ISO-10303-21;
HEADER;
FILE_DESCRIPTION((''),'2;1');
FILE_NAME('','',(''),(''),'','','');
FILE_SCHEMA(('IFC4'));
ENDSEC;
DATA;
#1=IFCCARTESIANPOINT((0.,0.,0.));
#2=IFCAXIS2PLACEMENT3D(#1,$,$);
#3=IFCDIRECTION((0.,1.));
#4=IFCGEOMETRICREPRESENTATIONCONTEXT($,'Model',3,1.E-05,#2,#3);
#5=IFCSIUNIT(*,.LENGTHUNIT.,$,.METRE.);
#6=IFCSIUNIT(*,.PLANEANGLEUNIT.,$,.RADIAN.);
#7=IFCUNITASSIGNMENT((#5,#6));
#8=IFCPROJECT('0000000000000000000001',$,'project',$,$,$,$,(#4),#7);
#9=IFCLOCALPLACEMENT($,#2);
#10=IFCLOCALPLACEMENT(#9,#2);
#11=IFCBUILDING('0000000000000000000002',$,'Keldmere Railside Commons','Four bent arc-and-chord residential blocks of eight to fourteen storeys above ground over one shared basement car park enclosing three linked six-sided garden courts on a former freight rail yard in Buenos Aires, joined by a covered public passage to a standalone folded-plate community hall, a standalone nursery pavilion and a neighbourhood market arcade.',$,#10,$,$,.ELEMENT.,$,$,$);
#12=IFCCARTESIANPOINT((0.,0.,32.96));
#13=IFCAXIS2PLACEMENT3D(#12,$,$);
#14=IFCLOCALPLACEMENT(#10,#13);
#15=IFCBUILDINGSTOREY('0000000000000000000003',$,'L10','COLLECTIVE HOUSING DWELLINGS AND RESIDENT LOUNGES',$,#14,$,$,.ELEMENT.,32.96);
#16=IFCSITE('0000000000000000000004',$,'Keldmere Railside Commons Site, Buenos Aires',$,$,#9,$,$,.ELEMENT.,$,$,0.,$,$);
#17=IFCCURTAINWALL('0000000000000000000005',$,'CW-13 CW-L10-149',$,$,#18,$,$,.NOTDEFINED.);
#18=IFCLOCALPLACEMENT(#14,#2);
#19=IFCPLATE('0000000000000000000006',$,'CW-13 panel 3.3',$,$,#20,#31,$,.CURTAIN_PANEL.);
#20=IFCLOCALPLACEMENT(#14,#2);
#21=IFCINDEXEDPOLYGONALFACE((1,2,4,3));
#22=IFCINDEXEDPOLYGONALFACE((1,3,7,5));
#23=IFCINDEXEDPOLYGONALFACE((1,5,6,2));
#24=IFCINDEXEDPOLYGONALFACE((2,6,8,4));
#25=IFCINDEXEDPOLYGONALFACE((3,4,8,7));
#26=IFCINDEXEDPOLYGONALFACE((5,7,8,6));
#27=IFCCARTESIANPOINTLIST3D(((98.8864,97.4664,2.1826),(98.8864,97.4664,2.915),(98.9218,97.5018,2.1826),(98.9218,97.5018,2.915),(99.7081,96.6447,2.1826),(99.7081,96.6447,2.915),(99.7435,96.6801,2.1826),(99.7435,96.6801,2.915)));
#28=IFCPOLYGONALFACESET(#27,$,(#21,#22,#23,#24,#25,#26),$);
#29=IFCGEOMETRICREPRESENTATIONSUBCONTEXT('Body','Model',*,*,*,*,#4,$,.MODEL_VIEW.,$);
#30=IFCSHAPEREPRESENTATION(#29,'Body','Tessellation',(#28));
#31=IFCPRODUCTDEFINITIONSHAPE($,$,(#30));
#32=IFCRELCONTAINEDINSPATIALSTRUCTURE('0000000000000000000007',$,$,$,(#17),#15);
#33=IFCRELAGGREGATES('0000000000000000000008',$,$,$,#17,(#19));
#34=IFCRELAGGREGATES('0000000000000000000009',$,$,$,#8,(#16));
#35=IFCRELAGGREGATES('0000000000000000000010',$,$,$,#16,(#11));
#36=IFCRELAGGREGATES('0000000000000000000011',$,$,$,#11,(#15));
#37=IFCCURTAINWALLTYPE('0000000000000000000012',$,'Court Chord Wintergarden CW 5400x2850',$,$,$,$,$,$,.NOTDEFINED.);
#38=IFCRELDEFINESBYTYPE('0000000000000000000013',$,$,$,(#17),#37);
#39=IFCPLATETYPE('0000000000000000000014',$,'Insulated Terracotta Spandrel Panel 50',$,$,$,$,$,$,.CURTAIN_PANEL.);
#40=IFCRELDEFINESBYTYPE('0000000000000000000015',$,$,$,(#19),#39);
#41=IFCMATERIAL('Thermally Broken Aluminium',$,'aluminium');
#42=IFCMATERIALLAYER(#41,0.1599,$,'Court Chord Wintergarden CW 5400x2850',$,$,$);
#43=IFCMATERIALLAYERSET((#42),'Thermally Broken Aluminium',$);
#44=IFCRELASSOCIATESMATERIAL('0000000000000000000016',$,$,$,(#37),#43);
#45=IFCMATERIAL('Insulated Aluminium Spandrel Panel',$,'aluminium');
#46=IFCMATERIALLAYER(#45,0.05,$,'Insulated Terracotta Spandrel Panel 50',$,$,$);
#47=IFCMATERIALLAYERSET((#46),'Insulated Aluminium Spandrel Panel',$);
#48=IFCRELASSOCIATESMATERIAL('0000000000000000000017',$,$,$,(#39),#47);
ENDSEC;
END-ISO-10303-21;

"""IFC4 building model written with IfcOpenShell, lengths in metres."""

from ifc_helpers import new_model, si_unit, direction, frame, origin, origin_2d, place, context, subcontext, project, spatial, rectangle, extrude, material, layer, layer_set, type_object, element, aggregate, save


model = new_model("IFC4")

# Units and contexts
model_context = context("Model", 3, precision=1e-05, world=origin(), true_north=direction((0.0, 1.0)))
body_context = subcontext(model_context, "Body", "Model", "MODEL_VIEW")
ifc_project = project(units=[si_unit("LENGTHUNIT", "METRE"), si_unit("PLANEANGLEUNIT", "RADIAN")], contexts=[model_context])

# Site, building, storey
site_placement = place(None, origin())
site = spatial("IfcSite", under=ifc_project, at=site_placement, Name="Keldmere Railside Commons Site, Buenos Aires", CompositionType="ELEMENT", RefElevation=0.0)
building_placement = place(site_placement, origin())
building = spatial("IfcBuilding", under=site, at=building_placement, Name="Keldmere Railside Commons", Description="Four bent arc-and-chord residential blocks of eight to fourteen storeys above ground over one shared basement car park enclosing three linked six-sided garden courts on a former freight rail yard in Buenos Aires, joined by a covered public passage to a standalone folded-plate community hall, a standalone nursery pavilion and a neighbourhood market arcade.", CompositionType="ELEMENT")
storey_placement = place(building_placement, frame((0.0, 0.0, 32.96)))
storey = spatial("IfcBuildingStorey", under=building, at=storey_placement, Name="L10", Description="COLLECTIVE HOUSING DWELLINGS AND RESIDENT LOUNGES", CompositionType="ELEMENT", Elevation=32.96)

# Shared definitions
ifc_material_1 = material(Name="Thermally Broken Aluminium", Category="aluminium")

# Curtain wall
ifc_layer_1 = layer(ifc_material_1, 0.1599, Name="Court Chord Wintergarden CW 5400x2850")
ifc_layer_set_1 = layer_set([ifc_layer_1], Name="Thermally Broken Aluminium")
curtain_wall_type_1 = type_object("IfcCurtainWallType", Name="Court Chord Wintergarden CW 5400x2850", PredefinedType="NOTDEFINED", material=ifc_layer_set_1)
curtain_wall_1_placement = place(storey_placement, origin())
curtain_wall_1 = element("IfcCurtainWall", 1, at=curtain_wall_1_placement, inside=storey, type_object=curtain_wall_type_1, Name="CW-13 CW-L10-149", PredefinedType="NOTDEFINED")

# Plate
ifc_material_2 = material(Name="Insulated Aluminium Spandrel Panel", Category="aluminium")
ifc_layer_2 = layer(ifc_material_2, 0.05, Name="Insulated Terracotta Spandrel Panel 50")
ifc_layer_set_2 = layer_set([ifc_layer_2], Name="Insulated Aluminium Spandrel Panel")
plate_type_1 = type_object("IfcPlateType", Name="Insulated Terracotta Spandrel Panel 50", PredefinedType="CURTAIN_PANEL", material=ifc_layer_set_2)
plate_1_placement = place(storey_placement, frame((99.3149, 97.0732, 2.1826), z_axis=(0.0, 0.0, 1.0), x_axis=(-0.707107, 0.707107, 0.0)))
plate_1 = element("IfcPlate", 2, at=plate_1_placement, type_object=plate_type_1, Name="CW-13 panel 3.3", PredefinedType="CURTAIN_PANEL", context=body_context, shape_type="SweptSolid", body=[
    extrude(rectangle(XDim=1.1621, YDim=0.05, at=origin_2d()), origin(), (0.0, 0.0, 1.0), 0.7324),
])
aggregate(curtain_wall_1, [plate_1])

save(model, "model.ifc")
